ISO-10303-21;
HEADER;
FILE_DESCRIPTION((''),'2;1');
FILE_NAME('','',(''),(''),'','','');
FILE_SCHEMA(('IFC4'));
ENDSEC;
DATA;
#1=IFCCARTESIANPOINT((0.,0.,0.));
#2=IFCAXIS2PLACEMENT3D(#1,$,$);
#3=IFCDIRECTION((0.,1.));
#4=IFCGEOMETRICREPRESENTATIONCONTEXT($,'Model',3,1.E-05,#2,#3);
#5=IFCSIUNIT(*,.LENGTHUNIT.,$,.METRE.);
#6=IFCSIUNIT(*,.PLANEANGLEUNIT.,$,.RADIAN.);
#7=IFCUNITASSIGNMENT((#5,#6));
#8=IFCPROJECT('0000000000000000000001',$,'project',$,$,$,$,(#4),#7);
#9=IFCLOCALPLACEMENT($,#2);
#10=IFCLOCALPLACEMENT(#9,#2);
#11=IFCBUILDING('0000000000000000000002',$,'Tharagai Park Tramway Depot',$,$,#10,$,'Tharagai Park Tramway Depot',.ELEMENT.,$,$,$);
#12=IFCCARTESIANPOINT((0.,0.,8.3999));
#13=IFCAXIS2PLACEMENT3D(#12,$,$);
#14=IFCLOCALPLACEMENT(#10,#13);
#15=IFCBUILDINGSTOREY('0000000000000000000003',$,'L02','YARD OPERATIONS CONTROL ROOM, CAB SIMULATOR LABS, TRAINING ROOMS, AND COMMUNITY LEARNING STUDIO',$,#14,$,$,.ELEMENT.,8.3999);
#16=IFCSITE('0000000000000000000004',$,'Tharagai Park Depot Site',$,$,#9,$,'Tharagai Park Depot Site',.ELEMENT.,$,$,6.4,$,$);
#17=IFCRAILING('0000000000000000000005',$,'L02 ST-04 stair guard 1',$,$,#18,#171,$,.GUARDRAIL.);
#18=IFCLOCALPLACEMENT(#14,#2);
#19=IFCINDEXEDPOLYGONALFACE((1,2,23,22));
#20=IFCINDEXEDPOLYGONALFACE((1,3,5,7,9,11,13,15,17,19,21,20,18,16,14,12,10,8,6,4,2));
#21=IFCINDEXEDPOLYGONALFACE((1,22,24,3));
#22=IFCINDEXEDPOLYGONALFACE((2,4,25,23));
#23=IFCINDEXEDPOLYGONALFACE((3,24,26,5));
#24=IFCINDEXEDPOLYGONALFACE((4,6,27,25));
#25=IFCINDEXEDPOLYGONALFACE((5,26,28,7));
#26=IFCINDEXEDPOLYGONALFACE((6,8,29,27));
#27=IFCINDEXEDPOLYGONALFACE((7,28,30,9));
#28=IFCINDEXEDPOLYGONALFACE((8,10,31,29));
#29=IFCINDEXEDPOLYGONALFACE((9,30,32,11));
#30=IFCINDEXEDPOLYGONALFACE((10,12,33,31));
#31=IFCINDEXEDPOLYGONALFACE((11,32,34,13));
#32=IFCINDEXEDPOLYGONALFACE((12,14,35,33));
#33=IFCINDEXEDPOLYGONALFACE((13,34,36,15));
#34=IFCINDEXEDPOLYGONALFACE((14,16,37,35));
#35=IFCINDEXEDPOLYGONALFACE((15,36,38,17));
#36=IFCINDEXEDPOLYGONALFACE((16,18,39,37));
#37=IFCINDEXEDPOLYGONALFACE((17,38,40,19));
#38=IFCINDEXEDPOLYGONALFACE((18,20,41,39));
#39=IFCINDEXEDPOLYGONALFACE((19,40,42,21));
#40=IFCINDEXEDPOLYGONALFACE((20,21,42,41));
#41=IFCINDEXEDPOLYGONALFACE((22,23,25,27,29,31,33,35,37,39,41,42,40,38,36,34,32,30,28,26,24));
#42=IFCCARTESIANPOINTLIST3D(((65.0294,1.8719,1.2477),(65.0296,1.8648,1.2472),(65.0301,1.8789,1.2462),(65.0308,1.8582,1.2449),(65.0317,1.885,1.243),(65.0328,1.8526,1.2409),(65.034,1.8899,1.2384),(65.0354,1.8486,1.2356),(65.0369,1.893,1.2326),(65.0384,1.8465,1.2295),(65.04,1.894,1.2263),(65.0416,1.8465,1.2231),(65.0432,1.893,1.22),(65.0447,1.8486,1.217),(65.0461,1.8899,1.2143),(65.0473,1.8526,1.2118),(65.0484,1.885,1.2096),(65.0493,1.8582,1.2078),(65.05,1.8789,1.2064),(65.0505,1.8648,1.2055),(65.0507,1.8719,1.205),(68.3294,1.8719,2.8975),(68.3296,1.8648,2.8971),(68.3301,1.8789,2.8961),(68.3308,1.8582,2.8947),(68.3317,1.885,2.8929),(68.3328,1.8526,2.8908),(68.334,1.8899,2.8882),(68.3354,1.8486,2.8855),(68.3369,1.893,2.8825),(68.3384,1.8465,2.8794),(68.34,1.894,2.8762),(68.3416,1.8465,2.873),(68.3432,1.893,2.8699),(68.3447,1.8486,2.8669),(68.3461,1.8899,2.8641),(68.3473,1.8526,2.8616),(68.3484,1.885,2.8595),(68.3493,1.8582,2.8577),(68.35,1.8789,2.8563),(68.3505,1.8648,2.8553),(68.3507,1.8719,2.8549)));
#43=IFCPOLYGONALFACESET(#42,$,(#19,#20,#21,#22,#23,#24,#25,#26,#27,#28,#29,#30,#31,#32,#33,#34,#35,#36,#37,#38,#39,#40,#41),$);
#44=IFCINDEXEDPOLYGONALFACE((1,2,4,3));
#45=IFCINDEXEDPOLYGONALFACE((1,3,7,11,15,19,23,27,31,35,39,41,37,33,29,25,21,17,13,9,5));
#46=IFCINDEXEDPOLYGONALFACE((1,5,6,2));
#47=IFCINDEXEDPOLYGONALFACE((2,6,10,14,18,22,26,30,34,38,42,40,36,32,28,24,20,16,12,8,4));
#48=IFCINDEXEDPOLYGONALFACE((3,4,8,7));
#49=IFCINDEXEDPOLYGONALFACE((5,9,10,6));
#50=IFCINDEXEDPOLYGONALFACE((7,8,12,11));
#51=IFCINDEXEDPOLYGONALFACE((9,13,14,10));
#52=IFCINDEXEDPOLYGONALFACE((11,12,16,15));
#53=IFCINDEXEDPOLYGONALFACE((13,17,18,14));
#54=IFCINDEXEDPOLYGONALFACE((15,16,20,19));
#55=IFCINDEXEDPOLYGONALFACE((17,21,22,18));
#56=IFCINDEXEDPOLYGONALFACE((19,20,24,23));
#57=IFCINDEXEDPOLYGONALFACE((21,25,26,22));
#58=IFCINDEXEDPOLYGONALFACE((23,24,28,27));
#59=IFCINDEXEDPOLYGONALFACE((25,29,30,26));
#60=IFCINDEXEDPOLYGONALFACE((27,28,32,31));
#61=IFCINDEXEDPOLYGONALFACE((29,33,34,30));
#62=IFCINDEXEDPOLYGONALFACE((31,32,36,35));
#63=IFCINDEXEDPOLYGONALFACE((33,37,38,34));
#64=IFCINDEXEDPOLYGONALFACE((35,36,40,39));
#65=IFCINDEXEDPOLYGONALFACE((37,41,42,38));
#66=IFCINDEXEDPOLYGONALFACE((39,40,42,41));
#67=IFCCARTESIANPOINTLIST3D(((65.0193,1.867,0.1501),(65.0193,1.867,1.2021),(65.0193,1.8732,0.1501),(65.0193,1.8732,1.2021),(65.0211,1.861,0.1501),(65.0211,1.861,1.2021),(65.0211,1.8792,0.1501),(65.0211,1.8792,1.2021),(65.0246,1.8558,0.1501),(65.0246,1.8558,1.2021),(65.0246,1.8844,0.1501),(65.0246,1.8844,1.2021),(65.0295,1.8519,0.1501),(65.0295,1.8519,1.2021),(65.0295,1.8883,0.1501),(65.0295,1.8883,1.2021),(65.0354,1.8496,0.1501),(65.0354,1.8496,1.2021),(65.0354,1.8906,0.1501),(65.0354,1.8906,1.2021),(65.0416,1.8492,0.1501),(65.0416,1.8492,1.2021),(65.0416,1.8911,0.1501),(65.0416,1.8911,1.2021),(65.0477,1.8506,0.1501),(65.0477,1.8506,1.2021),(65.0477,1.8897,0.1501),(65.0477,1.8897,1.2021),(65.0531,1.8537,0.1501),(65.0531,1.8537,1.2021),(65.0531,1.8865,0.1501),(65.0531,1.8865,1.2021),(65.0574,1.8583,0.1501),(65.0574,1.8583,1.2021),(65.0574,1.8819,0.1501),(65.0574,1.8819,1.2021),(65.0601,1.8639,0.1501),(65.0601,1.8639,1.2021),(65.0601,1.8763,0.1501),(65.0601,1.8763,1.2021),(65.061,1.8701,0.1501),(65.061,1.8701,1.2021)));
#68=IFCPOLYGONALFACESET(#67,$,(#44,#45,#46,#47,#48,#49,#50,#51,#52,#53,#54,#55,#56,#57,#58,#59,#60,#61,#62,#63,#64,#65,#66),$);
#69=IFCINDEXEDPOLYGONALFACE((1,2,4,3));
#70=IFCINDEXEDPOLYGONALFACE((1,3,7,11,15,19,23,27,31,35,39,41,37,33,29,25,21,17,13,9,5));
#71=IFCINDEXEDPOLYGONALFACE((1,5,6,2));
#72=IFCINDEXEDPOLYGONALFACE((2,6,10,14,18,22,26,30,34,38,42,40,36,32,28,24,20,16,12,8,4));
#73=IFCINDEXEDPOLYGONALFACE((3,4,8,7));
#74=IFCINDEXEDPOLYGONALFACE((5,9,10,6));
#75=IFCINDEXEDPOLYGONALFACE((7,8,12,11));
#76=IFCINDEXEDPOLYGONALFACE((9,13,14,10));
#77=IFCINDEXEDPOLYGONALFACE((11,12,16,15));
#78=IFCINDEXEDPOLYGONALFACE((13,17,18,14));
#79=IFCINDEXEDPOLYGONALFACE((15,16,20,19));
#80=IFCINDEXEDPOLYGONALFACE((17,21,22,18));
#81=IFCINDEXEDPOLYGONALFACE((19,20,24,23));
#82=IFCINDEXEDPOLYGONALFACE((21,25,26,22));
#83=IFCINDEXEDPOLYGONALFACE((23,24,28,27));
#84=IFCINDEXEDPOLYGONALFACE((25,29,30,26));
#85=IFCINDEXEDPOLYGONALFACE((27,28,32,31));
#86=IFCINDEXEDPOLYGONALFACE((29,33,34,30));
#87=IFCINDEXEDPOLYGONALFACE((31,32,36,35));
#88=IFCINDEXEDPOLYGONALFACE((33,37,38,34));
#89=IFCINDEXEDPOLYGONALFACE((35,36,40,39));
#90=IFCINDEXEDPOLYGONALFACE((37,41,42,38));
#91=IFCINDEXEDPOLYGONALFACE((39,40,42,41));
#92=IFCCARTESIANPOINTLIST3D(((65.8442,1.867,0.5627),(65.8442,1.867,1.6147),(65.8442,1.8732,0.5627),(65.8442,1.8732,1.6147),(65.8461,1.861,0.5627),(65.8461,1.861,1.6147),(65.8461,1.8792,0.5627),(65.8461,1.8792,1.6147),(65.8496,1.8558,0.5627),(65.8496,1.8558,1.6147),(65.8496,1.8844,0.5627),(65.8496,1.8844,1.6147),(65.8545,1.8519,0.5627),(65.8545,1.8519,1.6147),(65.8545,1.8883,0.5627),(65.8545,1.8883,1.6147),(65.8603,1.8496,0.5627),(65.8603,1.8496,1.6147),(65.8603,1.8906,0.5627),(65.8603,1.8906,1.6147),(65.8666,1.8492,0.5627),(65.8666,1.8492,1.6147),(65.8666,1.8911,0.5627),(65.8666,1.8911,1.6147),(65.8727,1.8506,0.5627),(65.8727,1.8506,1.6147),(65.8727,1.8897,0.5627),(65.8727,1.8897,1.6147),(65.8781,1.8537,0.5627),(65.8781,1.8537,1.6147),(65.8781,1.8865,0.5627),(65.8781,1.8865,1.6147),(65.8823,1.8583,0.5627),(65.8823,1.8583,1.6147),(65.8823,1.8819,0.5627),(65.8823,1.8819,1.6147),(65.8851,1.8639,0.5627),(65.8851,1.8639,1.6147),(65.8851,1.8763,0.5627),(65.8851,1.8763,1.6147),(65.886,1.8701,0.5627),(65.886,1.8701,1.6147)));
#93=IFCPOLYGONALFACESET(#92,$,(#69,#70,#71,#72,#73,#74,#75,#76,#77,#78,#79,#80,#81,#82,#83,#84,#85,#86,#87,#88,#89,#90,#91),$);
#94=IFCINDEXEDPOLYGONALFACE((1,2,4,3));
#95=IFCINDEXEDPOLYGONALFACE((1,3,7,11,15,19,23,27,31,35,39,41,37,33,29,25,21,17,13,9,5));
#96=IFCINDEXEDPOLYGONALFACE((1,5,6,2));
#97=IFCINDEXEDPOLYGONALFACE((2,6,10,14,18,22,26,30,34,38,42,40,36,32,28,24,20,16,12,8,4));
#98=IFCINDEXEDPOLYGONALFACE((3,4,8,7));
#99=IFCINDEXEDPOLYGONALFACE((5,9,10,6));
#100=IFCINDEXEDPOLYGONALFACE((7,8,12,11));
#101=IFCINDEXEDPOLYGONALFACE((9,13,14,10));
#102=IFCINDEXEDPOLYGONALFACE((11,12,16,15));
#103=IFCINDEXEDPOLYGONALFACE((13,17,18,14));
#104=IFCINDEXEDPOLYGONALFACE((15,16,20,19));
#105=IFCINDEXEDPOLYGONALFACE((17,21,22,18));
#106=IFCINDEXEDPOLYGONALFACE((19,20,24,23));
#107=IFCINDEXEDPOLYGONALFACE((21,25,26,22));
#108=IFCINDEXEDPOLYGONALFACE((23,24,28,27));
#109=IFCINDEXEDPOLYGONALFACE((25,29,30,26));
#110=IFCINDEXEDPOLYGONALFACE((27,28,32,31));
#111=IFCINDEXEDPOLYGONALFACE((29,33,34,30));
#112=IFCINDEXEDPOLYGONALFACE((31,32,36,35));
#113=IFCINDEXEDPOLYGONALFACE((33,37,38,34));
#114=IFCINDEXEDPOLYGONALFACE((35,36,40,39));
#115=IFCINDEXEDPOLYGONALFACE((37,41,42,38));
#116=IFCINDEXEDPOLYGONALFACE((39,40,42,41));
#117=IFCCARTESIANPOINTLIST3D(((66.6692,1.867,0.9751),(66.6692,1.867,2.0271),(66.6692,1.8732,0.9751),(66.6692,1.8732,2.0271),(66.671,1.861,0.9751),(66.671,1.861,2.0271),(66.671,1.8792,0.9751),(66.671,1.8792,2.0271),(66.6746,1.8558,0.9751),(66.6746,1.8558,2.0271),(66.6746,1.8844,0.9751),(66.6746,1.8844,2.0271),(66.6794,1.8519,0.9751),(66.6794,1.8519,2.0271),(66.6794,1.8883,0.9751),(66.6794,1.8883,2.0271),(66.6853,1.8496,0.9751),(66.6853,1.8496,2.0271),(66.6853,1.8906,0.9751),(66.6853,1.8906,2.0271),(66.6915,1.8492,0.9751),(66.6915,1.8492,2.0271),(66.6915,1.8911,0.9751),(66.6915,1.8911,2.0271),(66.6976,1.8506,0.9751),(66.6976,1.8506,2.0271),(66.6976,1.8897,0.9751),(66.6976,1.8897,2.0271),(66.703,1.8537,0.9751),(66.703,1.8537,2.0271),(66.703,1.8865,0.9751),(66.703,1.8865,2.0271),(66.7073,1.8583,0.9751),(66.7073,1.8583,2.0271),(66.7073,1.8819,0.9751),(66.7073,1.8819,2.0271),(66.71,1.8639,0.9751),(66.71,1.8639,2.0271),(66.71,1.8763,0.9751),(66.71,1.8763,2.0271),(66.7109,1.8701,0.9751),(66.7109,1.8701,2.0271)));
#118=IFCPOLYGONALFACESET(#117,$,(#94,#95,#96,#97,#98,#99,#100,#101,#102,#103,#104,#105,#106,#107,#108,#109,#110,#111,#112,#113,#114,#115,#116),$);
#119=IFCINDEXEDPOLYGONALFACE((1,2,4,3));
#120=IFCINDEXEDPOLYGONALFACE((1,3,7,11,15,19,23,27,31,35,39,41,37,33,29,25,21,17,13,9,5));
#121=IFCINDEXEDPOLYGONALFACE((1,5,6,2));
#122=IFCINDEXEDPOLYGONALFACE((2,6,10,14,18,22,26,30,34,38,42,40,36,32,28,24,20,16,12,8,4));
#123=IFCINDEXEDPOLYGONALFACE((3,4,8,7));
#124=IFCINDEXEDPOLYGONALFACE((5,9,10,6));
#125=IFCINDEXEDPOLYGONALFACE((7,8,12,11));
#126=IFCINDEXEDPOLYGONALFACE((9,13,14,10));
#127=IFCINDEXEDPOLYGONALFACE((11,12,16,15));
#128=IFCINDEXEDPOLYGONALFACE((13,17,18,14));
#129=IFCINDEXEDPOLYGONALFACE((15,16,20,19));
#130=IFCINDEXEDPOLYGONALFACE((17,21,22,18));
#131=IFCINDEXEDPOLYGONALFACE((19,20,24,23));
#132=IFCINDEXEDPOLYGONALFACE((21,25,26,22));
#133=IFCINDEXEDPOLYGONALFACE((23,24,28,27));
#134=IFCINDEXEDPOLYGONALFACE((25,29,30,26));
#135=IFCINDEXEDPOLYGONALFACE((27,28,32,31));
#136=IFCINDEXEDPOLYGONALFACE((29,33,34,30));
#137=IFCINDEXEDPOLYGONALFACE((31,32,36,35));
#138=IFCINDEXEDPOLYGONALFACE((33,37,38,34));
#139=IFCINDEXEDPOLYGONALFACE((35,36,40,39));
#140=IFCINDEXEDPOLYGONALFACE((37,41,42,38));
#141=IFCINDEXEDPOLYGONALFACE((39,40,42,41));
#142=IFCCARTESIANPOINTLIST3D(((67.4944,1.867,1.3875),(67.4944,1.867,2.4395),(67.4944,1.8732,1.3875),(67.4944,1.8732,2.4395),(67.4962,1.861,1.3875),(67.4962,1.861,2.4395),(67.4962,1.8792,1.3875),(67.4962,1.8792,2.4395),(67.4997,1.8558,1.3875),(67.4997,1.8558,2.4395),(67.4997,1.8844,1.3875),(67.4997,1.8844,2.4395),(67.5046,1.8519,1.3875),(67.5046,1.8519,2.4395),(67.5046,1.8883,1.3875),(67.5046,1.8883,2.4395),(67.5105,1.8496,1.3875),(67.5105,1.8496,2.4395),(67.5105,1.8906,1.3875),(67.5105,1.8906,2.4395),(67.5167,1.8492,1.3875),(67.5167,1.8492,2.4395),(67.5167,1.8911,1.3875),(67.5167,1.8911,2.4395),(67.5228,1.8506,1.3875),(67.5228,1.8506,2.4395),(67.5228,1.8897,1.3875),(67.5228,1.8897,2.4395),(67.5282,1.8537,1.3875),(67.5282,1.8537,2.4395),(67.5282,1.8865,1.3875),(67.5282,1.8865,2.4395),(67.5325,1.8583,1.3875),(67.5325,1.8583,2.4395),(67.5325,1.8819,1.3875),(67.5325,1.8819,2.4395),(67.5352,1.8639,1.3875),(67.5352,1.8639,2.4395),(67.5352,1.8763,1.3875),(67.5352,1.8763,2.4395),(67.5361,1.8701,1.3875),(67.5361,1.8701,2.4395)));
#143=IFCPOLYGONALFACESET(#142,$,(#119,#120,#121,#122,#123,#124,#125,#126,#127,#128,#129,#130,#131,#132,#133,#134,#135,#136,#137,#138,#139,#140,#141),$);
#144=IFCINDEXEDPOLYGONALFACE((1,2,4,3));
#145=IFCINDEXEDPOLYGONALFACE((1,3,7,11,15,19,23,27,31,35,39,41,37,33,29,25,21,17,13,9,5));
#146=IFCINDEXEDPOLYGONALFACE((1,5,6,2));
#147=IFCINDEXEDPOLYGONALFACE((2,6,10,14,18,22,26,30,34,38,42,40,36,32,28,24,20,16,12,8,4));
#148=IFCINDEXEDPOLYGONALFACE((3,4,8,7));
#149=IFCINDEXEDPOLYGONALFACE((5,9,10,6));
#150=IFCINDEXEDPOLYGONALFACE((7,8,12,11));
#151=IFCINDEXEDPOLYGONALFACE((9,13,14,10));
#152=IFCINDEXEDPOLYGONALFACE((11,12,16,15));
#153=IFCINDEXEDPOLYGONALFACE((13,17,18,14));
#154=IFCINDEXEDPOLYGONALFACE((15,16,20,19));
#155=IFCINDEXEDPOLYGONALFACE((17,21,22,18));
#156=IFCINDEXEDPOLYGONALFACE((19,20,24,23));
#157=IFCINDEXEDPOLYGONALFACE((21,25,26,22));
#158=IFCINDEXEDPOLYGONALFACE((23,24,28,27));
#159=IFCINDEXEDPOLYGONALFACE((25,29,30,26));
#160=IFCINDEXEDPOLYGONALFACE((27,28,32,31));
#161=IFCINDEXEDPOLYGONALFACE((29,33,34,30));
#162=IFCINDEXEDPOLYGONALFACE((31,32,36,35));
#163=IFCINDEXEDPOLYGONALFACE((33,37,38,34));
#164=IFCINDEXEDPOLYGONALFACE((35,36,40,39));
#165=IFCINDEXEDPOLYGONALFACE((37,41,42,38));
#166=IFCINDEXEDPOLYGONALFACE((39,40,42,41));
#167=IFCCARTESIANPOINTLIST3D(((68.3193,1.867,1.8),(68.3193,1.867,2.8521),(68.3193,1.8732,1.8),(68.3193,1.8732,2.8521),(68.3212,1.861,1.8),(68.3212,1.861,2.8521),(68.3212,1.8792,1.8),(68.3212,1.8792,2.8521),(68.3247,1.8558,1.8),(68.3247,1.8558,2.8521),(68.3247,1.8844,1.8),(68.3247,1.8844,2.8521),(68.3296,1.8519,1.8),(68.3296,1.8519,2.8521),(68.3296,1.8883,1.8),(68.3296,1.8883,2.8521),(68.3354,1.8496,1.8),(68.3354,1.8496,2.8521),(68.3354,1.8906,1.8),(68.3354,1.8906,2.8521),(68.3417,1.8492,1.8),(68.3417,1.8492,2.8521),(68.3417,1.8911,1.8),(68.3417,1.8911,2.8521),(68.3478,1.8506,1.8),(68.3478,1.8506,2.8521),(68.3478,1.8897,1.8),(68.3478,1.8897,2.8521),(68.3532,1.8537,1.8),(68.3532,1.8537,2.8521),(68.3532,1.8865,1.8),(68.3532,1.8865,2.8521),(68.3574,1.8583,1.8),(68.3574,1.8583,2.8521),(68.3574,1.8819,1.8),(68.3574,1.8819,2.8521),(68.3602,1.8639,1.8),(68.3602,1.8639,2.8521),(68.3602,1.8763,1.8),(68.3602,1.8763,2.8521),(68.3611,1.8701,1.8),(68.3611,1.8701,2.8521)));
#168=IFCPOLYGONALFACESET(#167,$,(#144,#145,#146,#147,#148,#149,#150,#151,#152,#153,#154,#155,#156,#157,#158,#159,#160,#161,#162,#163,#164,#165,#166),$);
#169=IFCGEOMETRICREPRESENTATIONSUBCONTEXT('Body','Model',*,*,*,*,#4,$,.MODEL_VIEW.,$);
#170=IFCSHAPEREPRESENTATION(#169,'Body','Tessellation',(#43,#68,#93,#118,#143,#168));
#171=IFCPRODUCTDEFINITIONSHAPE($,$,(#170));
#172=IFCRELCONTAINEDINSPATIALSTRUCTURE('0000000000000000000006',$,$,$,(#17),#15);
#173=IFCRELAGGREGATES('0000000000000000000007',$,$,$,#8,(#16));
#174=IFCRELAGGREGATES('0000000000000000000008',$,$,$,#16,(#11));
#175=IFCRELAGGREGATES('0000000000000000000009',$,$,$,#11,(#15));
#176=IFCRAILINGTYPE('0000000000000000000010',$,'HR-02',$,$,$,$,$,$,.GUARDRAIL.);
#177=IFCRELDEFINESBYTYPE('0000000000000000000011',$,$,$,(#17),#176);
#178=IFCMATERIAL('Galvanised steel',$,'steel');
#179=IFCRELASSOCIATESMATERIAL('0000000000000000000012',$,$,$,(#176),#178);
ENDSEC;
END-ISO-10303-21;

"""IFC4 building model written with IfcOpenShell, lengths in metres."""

from ifc_helpers import new_model, si_unit, direction, frame, origin, origin_2d, place, context, subcontext, project, spatial, circle, extrude, material, type_object, element, save


model = new_model("IFC4")

# Units and contexts
model_context = context("Model", 3, precision=1e-05, world=origin(), true_north=direction((0.0, 1.0)))
body_context = subcontext(model_context, "Body", "Model", "MODEL_VIEW")
ifc_project = project(units=[si_unit("LENGTHUNIT", "METRE"), si_unit("PLANEANGLEUNIT", "RADIAN")], contexts=[model_context])

# Site, building, storey
site_placement = place(None, origin())
site = spatial("IfcSite", under=ifc_project, at=site_placement, Name="Tharagai Park Depot Site", LongName="Tharagai Park Depot Site", CompositionType="ELEMENT", RefElevation=6.4)
building_placement = place(site_placement, origin())
building = spatial("IfcBuilding", under=site, at=building_placement, Name="Tharagai Park Tramway Depot", LongName="Tharagai Park Tramway Depot", CompositionType="ELEMENT")
storey_placement = place(building_placement, frame((0.0, 0.0, 8.3999)))
storey = spatial("IfcBuildingStorey", under=building, at=storey_placement, Name="L02", Description="YARD OPERATIONS CONTROL ROOM, CAB SIMULATOR LABS, TRAINING ROOMS, AND COMMUNITY LEARNING STUDIO", CompositionType="ELEMENT", Elevation=8.3999)

# Shared definitions
ifc_material_1 = material(Name="Galvanised steel", Category="steel")

# Railing
railing_type_1 = type_object("IfcRailingType", Name="HR-02", PredefinedType="GUARDRAIL", material=ifc_material_1)
railing_1_placement = place(storey_placement, frame((65.04, 1.8701, 0.1501)))
element("IfcRailing", 1, at=railing_1_placement, inside=storey, type_object=railing_type_1, Name="L02 ST-04 stair guard 1", PredefinedType="GUARDRAIL", context=body_context, shape_type="SweptSolid", body=[
    extrude(circle(Radius=0.0239, at=origin_2d()), frame((0.0, 0.0, 1.0762), z_axis=(0.89444, 0.0, 0.447187), x_axis=(0.0, 1.0, 0.0)), (0.0, 0.0, 1.0), 3.6895),
    extrude(circle(Radius=0.021, at=origin_2d()), origin(), (0.0, 0.0, 1.0), 1.052),
    extrude(circle(Radius=0.021, at=origin_2d()), frame((0.825, 0.0, 0.4126)), (0.0, 0.0, 1.0), 1.052),
    extrude(circle(Radius=0.021, at=origin_2d()), frame((1.6499, 0.0, 0.825)), (0.0, 0.0, 1.0), 1.052),
    extrude(circle(Radius=0.021, at=origin_2d()), frame((2.4751, 0.0, 1.2373)), (0.0, 0.0, 1.0), 1.052),
    extrude(circle(Radius=0.021, at=origin_2d()), frame((3.3, 0.0, 1.6499)), (0.0, 0.0, 1.0), 1.052),
])

save(model, "model.ifc")
